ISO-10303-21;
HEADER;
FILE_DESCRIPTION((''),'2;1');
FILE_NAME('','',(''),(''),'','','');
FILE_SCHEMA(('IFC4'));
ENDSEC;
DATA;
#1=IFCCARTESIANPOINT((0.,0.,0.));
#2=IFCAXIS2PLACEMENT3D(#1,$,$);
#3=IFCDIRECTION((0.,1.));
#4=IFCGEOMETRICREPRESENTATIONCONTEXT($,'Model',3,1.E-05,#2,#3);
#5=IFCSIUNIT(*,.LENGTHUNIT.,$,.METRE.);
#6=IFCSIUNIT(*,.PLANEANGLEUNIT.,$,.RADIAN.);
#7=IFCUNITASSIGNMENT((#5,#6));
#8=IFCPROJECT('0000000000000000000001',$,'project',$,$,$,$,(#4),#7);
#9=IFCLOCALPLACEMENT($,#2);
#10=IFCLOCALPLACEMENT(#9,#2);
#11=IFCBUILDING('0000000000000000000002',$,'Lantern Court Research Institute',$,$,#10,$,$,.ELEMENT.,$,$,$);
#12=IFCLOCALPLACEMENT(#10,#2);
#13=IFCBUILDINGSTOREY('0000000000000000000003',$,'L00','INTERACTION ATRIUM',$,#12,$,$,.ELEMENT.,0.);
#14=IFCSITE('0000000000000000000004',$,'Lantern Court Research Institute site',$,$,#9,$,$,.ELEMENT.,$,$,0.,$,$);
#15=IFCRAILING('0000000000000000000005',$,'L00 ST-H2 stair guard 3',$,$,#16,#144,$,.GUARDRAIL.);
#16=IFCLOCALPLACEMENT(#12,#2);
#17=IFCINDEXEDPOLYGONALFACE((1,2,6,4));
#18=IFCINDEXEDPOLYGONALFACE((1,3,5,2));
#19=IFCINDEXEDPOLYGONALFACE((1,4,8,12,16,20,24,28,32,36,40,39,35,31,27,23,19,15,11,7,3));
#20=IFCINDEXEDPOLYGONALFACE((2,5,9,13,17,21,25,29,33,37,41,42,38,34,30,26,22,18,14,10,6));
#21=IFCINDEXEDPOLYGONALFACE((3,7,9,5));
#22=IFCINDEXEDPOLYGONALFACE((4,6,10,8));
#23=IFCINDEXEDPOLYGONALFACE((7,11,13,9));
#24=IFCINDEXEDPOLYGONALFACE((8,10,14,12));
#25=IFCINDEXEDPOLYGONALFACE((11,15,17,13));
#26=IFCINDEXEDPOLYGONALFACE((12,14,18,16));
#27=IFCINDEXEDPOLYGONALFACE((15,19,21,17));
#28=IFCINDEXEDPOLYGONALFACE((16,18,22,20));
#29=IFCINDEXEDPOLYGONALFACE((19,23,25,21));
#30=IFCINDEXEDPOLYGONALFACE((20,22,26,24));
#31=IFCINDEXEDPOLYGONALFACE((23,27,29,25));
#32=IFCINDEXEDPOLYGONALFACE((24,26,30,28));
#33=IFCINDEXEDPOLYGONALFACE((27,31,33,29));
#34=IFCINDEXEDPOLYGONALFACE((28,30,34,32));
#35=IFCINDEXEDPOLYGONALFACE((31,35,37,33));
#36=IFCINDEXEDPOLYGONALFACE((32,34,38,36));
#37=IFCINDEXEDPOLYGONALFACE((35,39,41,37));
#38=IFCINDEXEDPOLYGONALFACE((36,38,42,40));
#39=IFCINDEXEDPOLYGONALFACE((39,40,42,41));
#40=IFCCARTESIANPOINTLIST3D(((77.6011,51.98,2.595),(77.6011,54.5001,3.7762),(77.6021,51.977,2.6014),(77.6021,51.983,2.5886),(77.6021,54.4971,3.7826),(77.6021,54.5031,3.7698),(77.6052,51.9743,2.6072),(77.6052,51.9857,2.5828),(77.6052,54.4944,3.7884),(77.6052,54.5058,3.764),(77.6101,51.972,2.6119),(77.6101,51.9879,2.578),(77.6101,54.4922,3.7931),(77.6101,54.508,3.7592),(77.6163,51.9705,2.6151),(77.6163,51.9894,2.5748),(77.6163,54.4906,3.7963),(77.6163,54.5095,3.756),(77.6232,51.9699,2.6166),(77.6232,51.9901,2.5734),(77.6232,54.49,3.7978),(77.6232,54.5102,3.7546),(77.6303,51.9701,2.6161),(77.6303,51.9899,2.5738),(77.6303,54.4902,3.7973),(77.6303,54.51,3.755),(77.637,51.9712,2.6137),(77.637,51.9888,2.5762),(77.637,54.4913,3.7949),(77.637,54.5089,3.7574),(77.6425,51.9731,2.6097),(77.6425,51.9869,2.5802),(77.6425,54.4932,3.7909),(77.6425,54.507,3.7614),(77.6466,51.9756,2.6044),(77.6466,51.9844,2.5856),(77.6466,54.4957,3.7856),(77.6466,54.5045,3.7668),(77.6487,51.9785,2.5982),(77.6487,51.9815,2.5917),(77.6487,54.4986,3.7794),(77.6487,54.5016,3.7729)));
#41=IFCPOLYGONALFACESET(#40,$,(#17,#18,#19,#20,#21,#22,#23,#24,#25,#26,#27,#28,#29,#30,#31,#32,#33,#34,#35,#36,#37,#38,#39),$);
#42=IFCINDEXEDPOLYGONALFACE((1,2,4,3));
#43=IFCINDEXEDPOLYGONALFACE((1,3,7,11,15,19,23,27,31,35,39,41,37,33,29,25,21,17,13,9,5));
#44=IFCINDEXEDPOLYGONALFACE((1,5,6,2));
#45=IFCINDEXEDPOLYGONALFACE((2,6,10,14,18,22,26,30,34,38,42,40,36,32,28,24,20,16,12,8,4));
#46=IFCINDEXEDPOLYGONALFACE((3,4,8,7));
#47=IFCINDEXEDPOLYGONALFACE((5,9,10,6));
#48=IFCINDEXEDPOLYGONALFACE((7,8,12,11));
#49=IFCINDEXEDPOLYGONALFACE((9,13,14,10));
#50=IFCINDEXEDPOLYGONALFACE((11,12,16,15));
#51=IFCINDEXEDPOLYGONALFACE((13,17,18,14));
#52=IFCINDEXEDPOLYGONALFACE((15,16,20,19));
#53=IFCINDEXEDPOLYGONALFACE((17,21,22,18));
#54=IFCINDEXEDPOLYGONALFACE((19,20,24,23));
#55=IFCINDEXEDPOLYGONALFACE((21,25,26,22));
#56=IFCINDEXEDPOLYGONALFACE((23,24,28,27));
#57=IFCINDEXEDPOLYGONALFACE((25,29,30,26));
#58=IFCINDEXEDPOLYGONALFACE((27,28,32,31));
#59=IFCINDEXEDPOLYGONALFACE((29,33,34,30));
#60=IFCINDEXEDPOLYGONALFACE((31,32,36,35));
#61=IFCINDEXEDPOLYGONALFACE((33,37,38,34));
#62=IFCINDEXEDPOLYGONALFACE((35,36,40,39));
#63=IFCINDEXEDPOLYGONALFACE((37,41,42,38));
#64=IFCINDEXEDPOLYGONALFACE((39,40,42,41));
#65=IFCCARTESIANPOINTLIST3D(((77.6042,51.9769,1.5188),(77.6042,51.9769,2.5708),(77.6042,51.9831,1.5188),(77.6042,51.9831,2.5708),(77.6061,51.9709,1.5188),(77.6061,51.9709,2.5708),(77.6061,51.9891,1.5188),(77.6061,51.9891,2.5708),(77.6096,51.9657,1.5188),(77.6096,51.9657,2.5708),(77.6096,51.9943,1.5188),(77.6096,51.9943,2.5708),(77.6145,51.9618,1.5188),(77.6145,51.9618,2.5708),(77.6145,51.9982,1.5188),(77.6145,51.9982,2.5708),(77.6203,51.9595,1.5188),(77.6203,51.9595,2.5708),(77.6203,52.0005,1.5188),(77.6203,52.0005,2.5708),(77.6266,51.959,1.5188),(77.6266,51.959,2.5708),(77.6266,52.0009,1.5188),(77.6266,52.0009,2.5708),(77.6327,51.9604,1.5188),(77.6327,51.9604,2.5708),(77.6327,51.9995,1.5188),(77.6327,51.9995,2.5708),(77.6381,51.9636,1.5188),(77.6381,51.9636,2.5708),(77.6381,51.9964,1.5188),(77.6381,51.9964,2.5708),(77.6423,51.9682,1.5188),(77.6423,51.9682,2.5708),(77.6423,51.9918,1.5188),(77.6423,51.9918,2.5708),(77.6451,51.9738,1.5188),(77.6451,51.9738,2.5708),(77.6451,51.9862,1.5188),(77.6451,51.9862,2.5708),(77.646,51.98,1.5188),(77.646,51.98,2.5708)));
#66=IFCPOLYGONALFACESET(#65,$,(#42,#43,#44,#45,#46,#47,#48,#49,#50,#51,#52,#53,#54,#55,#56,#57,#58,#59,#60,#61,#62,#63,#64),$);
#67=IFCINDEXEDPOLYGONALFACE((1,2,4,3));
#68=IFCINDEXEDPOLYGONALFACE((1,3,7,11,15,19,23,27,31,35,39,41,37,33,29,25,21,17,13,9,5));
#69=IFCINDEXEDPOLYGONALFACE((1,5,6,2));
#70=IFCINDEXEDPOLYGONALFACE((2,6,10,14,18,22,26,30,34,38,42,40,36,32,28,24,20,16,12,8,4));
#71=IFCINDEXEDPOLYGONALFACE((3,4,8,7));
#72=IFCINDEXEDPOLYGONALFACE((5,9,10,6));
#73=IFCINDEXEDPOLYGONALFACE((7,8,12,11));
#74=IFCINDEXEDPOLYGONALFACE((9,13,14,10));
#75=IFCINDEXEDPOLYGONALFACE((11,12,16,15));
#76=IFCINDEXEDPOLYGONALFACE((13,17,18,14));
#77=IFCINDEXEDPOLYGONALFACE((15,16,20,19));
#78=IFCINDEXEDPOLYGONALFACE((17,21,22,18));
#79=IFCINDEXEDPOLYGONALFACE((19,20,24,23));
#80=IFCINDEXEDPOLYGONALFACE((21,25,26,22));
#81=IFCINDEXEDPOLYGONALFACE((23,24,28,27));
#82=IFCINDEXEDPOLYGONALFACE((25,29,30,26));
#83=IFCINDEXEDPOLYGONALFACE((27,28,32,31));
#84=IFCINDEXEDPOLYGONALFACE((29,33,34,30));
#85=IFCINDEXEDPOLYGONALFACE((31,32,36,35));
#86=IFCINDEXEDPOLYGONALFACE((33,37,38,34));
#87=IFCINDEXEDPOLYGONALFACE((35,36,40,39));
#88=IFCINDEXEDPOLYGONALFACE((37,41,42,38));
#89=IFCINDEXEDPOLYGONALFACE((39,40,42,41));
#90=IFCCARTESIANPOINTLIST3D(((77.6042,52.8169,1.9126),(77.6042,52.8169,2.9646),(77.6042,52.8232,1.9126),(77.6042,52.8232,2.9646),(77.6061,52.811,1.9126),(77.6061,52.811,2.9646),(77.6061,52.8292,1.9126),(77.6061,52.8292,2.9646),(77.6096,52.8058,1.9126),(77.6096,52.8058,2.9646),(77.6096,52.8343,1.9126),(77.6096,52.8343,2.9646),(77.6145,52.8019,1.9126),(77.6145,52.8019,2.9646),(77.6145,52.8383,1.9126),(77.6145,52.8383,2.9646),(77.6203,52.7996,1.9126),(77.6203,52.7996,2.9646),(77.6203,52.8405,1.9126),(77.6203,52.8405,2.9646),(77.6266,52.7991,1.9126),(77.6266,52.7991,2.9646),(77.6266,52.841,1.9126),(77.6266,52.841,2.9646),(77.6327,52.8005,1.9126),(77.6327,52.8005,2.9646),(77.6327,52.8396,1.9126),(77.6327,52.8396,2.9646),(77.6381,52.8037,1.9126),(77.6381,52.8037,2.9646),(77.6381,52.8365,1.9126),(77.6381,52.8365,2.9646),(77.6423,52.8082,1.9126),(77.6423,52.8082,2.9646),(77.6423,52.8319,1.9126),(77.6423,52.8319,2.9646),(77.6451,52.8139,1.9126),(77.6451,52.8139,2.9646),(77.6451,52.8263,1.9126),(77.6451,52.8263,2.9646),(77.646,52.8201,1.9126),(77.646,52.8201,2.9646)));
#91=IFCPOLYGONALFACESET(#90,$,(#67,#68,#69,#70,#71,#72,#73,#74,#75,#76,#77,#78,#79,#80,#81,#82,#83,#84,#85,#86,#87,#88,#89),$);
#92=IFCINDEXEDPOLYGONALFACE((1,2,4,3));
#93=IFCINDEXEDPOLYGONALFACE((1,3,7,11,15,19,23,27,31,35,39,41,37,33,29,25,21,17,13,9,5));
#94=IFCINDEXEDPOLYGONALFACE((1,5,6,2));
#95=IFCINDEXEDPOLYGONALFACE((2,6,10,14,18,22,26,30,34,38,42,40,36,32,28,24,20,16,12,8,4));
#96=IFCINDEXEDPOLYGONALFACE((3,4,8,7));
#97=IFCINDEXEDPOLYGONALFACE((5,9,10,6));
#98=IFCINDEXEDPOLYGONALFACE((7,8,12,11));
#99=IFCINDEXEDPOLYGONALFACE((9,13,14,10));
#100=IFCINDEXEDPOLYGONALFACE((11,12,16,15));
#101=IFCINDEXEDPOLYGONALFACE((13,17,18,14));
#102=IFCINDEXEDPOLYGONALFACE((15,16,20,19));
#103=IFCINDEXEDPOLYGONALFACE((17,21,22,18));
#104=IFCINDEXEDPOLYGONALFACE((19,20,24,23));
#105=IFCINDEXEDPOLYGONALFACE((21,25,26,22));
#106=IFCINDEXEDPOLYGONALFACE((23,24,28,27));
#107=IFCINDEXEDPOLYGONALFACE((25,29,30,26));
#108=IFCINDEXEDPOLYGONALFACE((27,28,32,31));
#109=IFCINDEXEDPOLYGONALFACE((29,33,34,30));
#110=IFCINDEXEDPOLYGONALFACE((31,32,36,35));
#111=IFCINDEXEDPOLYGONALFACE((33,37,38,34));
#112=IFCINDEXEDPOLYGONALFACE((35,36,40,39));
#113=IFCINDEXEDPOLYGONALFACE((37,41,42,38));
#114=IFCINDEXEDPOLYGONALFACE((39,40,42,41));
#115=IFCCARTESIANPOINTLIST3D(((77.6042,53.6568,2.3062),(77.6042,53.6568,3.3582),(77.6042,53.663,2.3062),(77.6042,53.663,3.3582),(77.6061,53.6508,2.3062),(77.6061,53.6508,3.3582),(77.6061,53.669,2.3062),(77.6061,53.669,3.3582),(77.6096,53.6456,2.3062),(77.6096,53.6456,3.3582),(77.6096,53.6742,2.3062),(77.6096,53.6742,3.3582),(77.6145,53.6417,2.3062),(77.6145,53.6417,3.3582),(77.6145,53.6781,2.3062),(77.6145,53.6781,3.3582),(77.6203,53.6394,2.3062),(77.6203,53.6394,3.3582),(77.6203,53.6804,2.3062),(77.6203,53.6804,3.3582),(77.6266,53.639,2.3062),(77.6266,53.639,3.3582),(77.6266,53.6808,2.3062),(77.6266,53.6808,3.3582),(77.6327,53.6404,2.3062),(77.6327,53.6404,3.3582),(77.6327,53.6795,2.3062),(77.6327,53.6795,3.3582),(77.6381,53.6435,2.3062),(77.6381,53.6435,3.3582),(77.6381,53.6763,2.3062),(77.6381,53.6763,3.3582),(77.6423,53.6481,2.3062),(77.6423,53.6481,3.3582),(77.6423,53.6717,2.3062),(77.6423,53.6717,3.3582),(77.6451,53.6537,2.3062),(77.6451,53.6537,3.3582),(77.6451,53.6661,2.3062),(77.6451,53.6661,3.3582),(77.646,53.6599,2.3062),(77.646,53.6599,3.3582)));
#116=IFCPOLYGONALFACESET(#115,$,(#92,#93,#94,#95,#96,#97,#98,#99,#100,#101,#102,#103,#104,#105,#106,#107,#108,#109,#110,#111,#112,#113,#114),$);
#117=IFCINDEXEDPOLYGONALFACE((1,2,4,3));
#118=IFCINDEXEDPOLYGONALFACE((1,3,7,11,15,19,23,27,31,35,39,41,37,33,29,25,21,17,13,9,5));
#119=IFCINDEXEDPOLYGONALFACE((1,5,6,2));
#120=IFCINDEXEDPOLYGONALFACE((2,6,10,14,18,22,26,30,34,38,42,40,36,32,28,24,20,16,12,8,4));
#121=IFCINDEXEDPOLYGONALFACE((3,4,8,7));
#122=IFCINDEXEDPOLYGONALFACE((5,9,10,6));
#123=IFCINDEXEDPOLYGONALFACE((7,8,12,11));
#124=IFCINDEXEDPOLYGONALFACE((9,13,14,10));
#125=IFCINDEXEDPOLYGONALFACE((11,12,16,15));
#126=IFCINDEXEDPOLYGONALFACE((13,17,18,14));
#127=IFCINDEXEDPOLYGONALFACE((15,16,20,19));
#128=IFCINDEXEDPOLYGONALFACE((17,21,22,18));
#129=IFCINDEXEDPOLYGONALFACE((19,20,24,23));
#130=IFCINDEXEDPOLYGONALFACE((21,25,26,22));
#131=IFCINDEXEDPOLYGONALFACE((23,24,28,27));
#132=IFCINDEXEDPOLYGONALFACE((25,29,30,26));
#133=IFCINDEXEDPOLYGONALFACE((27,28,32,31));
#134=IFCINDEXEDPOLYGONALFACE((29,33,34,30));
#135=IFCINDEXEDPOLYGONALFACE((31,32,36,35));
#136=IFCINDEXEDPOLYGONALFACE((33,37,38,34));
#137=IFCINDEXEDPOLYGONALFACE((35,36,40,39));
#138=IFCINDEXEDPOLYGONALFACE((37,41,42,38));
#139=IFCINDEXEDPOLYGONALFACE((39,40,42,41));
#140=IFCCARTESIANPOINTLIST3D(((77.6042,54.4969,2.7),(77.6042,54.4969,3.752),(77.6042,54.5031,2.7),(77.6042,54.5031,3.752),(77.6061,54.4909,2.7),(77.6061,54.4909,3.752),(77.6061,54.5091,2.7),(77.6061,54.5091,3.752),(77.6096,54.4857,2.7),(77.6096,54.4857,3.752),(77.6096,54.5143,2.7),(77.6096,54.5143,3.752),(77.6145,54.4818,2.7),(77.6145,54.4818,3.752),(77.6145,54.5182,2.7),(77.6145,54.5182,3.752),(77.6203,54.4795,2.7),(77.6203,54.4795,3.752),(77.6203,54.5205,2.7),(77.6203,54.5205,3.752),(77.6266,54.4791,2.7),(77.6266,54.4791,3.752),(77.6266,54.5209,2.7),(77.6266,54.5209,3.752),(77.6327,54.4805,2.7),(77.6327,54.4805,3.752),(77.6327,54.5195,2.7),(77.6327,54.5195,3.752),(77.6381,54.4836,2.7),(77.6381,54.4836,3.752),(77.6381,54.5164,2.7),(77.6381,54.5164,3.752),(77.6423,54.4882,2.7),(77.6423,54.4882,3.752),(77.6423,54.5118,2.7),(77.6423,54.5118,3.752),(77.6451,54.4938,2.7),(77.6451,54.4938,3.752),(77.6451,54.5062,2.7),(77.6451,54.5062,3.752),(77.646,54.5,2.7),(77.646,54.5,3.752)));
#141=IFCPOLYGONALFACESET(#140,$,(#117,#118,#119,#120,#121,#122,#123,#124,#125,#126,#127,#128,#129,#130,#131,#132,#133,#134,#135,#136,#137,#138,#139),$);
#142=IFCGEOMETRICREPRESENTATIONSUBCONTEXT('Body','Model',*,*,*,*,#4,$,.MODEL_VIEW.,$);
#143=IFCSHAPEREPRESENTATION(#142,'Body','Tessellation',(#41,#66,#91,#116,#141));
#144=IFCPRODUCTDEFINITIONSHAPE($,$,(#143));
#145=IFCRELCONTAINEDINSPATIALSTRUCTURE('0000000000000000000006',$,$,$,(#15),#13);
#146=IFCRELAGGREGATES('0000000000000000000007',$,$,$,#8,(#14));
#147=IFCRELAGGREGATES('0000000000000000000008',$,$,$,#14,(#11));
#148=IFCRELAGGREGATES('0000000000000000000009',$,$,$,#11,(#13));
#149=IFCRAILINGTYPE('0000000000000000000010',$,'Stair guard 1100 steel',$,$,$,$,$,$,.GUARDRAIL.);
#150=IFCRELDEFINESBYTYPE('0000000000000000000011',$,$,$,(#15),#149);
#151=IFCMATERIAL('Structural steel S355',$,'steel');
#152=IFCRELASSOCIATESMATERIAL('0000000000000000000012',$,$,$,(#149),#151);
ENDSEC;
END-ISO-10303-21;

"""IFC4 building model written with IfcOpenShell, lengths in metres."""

from ifc_helpers import new_model, si_unit, direction, frame, origin, origin_2d, place, context, subcontext, project, spatial, circle, extrude, material, type_object, element, save


model = new_model("IFC4")

# Units and contexts
model_context = context("Model", 3, precision=1e-05, world=origin(), true_north=direction((0.0, 1.0)))
body_context = subcontext(model_context, "Body", "Model", "MODEL_VIEW")
ifc_project = project(units=[si_unit("LENGTHUNIT", "METRE"), si_unit("PLANEANGLEUNIT", "RADIAN")], contexts=[model_context])

# Site, building, storey
site_placement = place(None, origin())
site = spatial("IfcSite", under=ifc_project, at=site_placement, Name="Lantern Court Research Institute site", CompositionType="ELEMENT", RefElevation=0.0)
building_placement = place(site_placement, origin())
building = spatial("IfcBuilding", under=site, at=building_placement, Name="Lantern Court Research Institute", CompositionType="ELEMENT")
storey_placement = place(building_placement, origin())
storey = spatial("IfcBuildingStorey", under=building, at=storey_placement, Name="L00", Description="INTERACTION ATRIUM", CompositionType="ELEMENT", Elevation=0.0)

# Railing
ifc_material_1 = material(Name="Structural steel S355", Category="steel")
railing_type_1 = type_object("IfcRailingType", Name="Stair guard 1100 steel", PredefinedType="GUARDRAIL", material=ifc_material_1)
railing_1_placement = place(storey_placement, frame((77.625, 51.98, 1.5188)))
element("IfcRailing", 1, at=railing_1_placement, inside=storey, type_object=railing_type_1, Name="L00 ST-H2 stair guard 3", PredefinedType="GUARDRAIL", context=body_context, shape_type="SweptSolid", body=[
    extrude(circle(Radius=0.0239, at=origin_2d()), frame((0.0, 0.0, 1.0762), z_axis=(0.0, 0.905474, 0.424402), x_axis=(-1.0, 0.0, 0.0)), (0.0, 0.0, 1.0), 2.7832),
    extrude(circle(Radius=0.021, at=origin_2d()), origin(), (0.0, 0.0, 1.0), 1.052),
    extrude(circle(Radius=0.021, at=origin_2d()), frame((0.0, 0.8401, 0.3938)), (0.0, 0.0, 1.0), 1.052),
    extrude(circle(Radius=0.021, at=origin_2d()), frame((0.0, 1.6799, 0.7874)), (0.0, 0.0, 1.0), 1.052),
    extrude(circle(Radius=0.021, at=origin_2d()), frame((0.0, 2.52, 1.1812)), (0.0, 0.0, 1.0), 1.052),
])

save(model, "model.ifc")
